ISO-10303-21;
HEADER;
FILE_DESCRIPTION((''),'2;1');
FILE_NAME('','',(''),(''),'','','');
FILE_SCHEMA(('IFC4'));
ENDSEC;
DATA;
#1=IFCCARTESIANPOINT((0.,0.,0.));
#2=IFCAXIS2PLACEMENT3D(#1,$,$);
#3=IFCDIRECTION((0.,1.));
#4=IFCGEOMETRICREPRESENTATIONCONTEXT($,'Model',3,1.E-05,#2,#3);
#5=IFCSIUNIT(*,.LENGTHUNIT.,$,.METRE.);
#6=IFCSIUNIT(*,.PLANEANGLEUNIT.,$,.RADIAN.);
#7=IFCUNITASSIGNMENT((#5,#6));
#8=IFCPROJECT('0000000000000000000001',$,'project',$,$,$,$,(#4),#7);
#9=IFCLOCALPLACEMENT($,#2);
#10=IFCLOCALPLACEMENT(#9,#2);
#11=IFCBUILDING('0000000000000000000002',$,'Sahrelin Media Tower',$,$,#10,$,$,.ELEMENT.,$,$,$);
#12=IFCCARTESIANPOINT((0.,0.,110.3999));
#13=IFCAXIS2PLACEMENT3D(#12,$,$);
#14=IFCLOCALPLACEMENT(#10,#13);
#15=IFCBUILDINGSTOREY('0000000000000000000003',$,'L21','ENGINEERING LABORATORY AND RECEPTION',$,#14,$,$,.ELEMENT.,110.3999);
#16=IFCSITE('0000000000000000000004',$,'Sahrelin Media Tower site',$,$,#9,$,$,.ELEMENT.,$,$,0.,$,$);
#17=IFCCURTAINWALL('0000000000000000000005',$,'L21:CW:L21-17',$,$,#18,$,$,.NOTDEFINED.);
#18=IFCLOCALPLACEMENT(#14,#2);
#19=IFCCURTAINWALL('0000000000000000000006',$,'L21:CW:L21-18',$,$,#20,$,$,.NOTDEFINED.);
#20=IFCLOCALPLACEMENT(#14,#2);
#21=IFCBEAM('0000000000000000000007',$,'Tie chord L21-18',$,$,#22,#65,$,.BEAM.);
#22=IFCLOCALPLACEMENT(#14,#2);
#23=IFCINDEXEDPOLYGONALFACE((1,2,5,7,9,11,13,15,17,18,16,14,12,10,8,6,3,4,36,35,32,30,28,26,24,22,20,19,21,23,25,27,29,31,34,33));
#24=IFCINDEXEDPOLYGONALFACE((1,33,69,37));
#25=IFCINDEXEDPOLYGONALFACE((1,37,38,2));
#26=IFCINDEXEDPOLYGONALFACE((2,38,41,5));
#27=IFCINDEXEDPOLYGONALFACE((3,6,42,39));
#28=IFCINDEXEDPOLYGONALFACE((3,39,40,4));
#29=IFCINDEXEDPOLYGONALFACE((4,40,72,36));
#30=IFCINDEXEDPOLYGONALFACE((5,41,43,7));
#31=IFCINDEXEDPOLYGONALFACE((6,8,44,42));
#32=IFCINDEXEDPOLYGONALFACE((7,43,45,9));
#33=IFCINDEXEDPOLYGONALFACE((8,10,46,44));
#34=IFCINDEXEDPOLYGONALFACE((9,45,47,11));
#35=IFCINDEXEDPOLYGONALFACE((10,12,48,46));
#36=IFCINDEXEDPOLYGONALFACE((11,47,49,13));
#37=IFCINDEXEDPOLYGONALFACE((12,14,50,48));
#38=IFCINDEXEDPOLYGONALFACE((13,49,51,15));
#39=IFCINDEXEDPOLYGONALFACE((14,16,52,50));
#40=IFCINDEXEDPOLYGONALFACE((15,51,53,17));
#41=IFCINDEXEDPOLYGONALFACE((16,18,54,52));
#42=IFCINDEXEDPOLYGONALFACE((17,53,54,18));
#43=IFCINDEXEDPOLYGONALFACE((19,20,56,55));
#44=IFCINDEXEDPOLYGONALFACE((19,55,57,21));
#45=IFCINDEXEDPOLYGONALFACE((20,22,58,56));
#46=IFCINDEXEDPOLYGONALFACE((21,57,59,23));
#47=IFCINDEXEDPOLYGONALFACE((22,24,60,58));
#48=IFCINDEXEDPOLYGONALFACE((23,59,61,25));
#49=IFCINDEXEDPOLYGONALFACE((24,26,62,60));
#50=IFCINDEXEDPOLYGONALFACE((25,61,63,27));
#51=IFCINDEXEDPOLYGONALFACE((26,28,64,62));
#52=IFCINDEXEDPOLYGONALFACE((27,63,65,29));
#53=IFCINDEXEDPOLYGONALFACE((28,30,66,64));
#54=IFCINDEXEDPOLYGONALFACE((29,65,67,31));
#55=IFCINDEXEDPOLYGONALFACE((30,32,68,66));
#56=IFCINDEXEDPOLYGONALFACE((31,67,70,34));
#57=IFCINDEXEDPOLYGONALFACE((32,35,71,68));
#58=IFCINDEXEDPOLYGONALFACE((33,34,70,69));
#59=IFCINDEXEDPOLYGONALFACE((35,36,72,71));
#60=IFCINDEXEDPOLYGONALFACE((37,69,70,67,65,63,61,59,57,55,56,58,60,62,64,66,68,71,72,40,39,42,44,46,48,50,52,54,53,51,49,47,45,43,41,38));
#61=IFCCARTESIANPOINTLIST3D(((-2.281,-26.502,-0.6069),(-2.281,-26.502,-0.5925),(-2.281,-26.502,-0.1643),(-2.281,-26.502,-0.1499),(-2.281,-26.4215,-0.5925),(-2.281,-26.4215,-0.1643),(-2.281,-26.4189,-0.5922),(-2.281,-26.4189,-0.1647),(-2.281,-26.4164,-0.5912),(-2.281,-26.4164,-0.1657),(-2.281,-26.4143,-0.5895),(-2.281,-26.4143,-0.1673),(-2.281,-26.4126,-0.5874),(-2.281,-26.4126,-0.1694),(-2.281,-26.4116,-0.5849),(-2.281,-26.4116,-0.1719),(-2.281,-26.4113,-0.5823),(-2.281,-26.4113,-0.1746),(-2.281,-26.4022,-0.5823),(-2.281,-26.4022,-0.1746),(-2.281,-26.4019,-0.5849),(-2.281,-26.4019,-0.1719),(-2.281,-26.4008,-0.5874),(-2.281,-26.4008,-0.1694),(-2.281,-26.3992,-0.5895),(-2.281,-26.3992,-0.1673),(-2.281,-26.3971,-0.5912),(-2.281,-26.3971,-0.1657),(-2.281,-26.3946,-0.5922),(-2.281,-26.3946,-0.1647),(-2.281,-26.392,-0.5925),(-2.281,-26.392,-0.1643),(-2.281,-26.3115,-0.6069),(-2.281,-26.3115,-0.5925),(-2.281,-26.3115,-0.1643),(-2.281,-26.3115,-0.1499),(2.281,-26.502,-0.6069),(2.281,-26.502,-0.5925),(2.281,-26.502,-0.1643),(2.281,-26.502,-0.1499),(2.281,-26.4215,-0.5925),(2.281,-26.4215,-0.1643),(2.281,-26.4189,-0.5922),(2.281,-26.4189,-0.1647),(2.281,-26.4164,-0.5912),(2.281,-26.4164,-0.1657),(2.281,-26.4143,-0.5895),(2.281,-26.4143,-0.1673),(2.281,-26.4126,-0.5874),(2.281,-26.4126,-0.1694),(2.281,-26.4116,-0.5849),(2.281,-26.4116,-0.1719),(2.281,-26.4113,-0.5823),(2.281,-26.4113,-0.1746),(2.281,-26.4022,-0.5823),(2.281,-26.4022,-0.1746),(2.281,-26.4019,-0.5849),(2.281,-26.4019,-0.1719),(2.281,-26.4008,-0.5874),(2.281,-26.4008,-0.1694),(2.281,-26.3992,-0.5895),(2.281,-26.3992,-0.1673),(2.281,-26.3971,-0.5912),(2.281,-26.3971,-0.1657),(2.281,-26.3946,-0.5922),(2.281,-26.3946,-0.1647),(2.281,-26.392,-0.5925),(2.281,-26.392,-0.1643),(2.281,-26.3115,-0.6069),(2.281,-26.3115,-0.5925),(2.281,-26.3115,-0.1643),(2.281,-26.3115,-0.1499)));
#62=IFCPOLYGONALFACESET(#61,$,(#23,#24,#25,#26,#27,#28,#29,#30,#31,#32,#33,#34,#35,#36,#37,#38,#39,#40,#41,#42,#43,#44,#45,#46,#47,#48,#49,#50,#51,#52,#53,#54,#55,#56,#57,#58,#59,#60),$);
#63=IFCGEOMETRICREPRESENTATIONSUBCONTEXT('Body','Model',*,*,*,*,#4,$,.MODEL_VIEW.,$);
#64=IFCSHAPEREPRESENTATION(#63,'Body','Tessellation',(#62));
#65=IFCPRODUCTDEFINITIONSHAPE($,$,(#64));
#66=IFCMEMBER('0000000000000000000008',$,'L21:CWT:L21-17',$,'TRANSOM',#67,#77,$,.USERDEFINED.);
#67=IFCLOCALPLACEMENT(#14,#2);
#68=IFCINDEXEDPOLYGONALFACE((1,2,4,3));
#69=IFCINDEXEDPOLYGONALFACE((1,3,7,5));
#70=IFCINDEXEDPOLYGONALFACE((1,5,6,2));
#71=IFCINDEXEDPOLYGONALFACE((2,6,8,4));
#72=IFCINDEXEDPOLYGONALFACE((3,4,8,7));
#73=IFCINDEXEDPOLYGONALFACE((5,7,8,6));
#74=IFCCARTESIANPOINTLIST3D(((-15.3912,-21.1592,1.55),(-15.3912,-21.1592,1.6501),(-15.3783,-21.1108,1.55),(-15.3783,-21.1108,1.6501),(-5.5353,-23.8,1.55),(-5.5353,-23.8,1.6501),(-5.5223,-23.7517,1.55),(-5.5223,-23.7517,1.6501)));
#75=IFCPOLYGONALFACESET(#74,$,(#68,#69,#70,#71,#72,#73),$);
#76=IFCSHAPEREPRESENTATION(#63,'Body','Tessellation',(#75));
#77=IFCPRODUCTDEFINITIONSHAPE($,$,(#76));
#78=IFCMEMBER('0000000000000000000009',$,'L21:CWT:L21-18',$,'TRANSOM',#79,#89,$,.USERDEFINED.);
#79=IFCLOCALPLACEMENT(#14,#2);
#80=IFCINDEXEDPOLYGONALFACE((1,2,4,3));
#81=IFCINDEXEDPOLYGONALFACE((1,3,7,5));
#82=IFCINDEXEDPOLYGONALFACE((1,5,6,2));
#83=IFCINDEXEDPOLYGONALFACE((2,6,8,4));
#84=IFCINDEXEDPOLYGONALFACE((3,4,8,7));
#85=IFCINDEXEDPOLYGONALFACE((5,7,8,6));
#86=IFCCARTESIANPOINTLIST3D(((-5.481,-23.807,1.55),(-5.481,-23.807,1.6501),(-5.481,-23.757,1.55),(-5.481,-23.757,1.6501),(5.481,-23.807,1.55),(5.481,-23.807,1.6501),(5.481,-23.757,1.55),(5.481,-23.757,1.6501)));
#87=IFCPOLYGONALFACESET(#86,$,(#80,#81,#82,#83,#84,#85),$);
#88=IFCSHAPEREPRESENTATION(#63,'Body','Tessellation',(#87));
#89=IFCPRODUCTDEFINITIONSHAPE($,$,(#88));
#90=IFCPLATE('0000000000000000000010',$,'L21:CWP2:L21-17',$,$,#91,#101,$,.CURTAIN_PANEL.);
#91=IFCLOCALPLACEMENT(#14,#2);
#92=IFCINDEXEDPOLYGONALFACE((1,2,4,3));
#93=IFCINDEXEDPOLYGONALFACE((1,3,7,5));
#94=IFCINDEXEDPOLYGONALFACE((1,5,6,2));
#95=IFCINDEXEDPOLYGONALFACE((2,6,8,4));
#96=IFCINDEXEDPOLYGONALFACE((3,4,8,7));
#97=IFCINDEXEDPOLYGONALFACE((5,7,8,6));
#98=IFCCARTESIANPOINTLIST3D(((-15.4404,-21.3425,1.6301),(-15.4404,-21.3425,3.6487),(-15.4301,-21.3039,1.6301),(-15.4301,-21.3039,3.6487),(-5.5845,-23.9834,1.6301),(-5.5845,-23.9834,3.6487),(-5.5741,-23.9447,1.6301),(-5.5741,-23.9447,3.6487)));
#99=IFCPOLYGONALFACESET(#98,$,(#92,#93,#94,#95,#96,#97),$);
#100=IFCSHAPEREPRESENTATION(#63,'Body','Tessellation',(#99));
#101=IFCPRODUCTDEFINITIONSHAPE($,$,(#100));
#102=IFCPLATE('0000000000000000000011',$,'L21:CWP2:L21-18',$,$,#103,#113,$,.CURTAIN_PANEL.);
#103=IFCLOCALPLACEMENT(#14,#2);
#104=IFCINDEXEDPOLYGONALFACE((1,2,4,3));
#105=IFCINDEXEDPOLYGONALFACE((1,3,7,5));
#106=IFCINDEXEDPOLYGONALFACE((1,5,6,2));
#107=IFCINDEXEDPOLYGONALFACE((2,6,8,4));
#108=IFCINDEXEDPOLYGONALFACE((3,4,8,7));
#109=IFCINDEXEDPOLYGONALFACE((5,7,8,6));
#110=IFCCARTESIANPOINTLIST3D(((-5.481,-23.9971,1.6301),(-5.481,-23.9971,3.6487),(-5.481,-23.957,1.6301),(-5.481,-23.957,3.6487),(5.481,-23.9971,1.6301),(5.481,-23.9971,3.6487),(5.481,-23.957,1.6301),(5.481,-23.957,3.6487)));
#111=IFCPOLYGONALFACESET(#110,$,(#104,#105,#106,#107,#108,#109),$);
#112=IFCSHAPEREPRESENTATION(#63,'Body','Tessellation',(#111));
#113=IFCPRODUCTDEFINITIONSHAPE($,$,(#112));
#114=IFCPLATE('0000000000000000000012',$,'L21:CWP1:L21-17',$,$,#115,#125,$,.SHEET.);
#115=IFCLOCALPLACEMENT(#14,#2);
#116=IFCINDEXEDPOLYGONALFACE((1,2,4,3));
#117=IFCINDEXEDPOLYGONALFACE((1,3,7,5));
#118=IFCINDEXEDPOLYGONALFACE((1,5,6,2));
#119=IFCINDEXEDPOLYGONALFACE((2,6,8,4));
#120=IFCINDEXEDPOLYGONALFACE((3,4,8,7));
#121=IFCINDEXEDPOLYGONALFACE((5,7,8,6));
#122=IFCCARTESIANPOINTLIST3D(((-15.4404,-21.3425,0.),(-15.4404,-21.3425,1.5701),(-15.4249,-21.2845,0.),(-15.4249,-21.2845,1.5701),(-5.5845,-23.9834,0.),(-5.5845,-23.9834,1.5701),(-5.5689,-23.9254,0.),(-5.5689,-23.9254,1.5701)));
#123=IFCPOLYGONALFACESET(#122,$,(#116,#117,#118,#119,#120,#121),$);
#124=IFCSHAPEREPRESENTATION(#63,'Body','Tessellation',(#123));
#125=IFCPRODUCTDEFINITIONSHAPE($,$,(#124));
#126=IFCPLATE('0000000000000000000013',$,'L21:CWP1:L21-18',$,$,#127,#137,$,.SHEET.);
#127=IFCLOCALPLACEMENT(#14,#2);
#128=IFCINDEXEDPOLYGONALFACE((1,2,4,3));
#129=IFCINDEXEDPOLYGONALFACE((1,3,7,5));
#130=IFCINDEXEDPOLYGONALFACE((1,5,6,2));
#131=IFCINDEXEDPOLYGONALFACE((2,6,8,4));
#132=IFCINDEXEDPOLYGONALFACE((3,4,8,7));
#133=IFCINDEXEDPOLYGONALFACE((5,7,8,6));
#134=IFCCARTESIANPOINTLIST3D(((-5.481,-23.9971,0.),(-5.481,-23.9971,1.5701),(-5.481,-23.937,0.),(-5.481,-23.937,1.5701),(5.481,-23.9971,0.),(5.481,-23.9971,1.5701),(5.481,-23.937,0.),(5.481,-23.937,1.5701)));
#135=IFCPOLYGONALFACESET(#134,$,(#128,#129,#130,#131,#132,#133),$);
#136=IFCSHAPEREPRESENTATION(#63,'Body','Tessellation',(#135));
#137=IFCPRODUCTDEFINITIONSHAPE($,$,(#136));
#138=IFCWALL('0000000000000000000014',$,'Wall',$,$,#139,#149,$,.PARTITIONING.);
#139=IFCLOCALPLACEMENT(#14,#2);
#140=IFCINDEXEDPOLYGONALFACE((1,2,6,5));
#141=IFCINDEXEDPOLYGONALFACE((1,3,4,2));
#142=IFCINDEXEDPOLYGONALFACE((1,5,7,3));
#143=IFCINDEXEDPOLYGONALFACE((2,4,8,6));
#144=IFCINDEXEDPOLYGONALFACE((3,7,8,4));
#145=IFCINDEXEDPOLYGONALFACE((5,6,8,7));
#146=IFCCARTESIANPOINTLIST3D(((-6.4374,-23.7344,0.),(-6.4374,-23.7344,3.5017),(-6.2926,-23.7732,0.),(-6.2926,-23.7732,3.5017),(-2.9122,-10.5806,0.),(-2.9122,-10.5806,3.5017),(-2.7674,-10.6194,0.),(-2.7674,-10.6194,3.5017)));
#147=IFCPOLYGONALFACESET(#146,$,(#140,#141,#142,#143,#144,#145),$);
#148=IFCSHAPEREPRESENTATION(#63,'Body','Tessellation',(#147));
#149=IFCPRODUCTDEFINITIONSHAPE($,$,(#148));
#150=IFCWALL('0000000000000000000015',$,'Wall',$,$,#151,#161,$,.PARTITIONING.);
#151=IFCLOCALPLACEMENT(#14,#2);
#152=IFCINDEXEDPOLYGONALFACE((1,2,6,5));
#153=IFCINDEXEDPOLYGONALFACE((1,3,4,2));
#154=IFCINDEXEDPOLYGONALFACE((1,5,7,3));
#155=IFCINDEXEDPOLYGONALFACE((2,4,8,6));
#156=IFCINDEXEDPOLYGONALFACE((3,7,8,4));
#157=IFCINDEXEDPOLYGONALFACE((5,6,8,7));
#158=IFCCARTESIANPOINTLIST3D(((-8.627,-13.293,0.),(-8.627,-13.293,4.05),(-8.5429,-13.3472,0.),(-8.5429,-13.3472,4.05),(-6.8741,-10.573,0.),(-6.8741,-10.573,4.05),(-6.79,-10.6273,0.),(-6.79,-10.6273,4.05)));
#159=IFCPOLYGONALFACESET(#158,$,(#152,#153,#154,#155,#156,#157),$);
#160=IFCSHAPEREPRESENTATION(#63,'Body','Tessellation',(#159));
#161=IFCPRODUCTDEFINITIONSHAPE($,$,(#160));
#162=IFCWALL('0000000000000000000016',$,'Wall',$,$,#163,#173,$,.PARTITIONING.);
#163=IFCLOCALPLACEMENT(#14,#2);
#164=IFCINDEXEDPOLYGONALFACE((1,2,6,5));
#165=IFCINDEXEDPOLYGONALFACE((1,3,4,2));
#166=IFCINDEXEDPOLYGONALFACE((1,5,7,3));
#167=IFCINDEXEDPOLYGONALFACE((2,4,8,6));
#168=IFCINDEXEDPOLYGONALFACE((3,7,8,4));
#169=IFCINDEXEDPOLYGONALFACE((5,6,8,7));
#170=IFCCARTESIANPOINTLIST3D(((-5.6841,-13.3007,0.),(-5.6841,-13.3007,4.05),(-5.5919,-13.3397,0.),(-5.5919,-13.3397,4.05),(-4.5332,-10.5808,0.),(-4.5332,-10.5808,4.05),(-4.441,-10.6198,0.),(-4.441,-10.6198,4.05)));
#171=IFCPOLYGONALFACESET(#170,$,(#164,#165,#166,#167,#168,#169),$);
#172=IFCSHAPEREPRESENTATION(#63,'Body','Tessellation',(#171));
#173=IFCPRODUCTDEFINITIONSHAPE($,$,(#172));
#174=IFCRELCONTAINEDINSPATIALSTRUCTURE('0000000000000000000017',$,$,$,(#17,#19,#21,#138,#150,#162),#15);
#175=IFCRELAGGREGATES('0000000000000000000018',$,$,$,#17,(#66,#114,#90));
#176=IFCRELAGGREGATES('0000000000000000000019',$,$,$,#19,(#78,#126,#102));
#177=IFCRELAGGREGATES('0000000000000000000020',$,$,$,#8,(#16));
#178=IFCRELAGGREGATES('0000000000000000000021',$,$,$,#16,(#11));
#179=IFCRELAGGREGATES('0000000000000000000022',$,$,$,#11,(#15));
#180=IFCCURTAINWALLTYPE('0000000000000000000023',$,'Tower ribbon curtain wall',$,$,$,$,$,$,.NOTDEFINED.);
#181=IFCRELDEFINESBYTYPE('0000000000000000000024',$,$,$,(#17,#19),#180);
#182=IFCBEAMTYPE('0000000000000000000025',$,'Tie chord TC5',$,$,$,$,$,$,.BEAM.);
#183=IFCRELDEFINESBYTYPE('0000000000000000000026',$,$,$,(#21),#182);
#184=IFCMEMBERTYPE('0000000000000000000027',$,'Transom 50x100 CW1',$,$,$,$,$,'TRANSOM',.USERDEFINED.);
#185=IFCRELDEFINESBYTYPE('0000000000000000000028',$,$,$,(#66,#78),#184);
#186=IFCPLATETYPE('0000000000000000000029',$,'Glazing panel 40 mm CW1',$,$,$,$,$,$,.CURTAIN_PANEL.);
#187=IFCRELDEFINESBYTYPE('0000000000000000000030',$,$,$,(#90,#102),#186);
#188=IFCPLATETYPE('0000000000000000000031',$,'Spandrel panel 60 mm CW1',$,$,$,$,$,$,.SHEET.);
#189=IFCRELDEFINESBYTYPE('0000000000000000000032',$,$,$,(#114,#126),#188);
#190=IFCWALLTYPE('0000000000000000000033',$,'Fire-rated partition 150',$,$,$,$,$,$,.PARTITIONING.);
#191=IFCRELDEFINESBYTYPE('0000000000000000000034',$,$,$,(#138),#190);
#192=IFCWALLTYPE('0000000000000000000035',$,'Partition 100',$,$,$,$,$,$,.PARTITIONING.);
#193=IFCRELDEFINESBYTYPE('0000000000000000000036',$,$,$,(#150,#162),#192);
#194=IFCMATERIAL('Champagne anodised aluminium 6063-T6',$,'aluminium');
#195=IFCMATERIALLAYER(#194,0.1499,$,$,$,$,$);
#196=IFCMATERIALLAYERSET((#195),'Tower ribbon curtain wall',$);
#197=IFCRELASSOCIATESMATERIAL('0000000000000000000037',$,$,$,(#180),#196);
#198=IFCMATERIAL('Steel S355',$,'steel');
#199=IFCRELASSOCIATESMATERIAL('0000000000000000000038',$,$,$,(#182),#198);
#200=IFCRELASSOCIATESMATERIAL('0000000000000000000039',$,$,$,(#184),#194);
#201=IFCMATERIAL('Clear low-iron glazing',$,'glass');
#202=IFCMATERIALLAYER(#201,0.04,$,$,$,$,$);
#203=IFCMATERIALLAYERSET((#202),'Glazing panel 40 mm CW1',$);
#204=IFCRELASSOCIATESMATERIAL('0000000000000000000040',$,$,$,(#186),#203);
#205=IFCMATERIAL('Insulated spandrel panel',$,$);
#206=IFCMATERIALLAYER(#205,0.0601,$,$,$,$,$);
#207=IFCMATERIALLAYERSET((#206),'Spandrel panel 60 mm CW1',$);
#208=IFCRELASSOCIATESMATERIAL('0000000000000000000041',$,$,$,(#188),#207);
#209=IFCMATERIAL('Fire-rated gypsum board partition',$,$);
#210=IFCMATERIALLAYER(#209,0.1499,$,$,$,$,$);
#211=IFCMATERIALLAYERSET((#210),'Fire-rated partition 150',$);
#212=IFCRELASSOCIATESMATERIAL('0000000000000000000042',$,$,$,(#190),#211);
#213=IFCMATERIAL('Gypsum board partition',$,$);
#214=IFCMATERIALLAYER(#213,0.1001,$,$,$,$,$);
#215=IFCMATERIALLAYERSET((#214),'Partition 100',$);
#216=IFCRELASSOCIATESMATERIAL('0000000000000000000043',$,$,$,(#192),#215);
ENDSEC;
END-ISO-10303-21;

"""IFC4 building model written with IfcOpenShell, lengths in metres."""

from ifc_helpers import new_model, si_unit, direction, frame, frame_2d, origin, origin_2d, place, context, subcontext, project, spatial, polyline, rectangle, i_section, outline, extrude, material, layer, layer_set, material_profile, profile_set, type_object, element, aggregate, save


model = new_model("IFC4")

# Units and contexts
model_context = context("Model", 3, precision=1e-05, world=origin(), true_north=direction((0.0, 1.0)))
body_context = subcontext(model_context, "Body", "Model", "MODEL_VIEW")
ifc_project = project(units=[si_unit("LENGTHUNIT", "METRE"), si_unit("PLANEANGLEUNIT", "RADIAN")], contexts=[model_context])

# Site, building, storey
site_placement = place(None, origin())
site = spatial("IfcSite", under=ifc_project, at=site_placement, Name="Sahrelin Media Tower site", CompositionType="ELEMENT", RefElevation=0.0)
building_placement = place(site_placement, origin())
building = spatial("IfcBuilding", under=site, at=building_placement, Name="Sahrelin Media Tower", CompositionType="ELEMENT")
storey_placement = place(building_placement, frame((0.0, 0.0, 110.3999)))
storey = spatial("IfcBuildingStorey", under=building, at=storey_placement, Name="L21", Description="ENGINEERING LABORATORY AND RECEPTION", CompositionType="ELEMENT", Elevation=110.3999)

# Shared definitions
ifc_material_1 = material(Name="Steel S355", Category="steel")

# Curtain walls
ifc_material_2 = material(Name="Champagne anodised aluminium 6063-T6", Category="aluminium")
ifc_layer_1 = layer(ifc_material_2, 0.1499)
ifc_layer_set_1 = layer_set([ifc_layer_1], Name="Tower ribbon curtain wall")
curtain_wall_type = type_object("IfcCurtainWallType", Name="Tower ribbon curtain wall", PredefinedType="NOTDEFINED", material=ifc_layer_set_1)
curtain_wall_1_placement = place(storey_placement, frame((-10.5071, -22.6438, 0.0), z_axis=(0.0, 0.0, 1.0), x_axis=(1.0, 0.0, 0.0)))
curtain_wall_1 = element("IfcCurtainWall", 1, at=curtain_wall_1_placement, inside=storey, type_object=curtain_wall_type, Name="L21:CW:L21-17", PredefinedType="NOTDEFINED")
curtain_wall_2_placement = place(storey_placement, frame((0.0, -23.9771, 0.0), z_axis=(0.0, 0.0, 1.0), x_axis=(1.0, 0.0, 0.0)))
curtain_wall_2 = element("IfcCurtainWall", 2, at=curtain_wall_2_placement, inside=storey, type_object=curtain_wall_type, Name="L21:CW:L21-18", PredefinedType="NOTDEFINED")

# Beam
ifc_material_profile_1 = material_profile(ifc_material_1, i_section(OverallWidth=0.1904, OverallDepth=0.457, WebThickness=0.009, FlangeThickness=0.0144, FilletRadius=0.0103, at=origin_2d()), Name="UB 457x191x74")
ifc_profile_set_1 = profile_set([ifc_material_profile_1], Name="Steel S355")
beam_type_1 = type_object("IfcBeamType", Name="Tie chord TC5", PredefinedType="BEAM", material=ifc_profile_set_1)
beam_1_placement = place(storey_placement, frame((-2.281, -26.4067, -0.3784), z_axis=(1.0, 0.0, 0.0), x_axis=(0.0, 1.0, 0.0)))
element("IfcBeam", 3, at=beam_1_placement, inside=storey, type_object=beam_type_1, Name="Tie chord L21-18", PredefinedType="BEAM", context=body_context, shape_type="SweptSolid", body=[
    extrude(i_section(OverallWidth=0.1904, OverallDepth=0.457, WebThickness=0.009, FlangeThickness=0.0144, FilletRadius=0.0103, at=origin_2d()), origin(), (0.0, 0.0, 1.0), 4.562),
])

# Members
ifc_material_profile_2 = material_profile(ifc_material_2, rectangle(XDim=0.05, YDim=0.1001, at=origin_2d()), Name="Transom 50x100")
ifc_profile_set_2 = profile_set([ifc_material_profile_2], Name="Champagne anodised aluminium 6063-T6")
member_type_1 = type_object("IfcMemberType", Name="Transom 50x100 CW1", ElementType="TRANSOM", PredefinedType="USERDEFINED", material=ifc_profile_set_2)
member_1_placement = place(storey_placement, frame((-15.3848, -21.135, 1.6001), z_axis=(0.965926, -0.258817, 0.0), x_axis=(0.258817, 0.965926, 0.0)))
member_1 = element("IfcMember", 4, at=member_1_placement, type_object=member_type_1, Name="L21:CWT:L21-17", ObjectType="TRANSOM", PredefinedType="USERDEFINED", context=body_context, shape_type="SweptSolid", body=[
    extrude(rectangle(XDim=0.05, YDim=0.1001, at=origin_2d()), origin(), (0.0, 0.0, 1.0), 10.2036),
])
member_2_placement = place(storey_placement, frame((-5.481, -23.782, 1.6001), z_axis=(1.0, 0.0, 0.0), x_axis=(0.0, 1.0, 0.0)))
member_2 = element("IfcMember", 5, at=member_2_placement, type_object=member_type_1, Name="L21:CWT:L21-18", ObjectType="TRANSOM", PredefinedType="USERDEFINED", context=body_context, shape_type="SweptSolid", body=[
    extrude(rectangle(XDim=0.05, YDim=0.1001, at=origin_2d()), origin(), (0.0, 0.0, 1.0), 10.9619),
])

# Plates
ifc_material_3 = material(Name="Clear low-iron glazing", Category="glass")
ifc_layer_2 = layer(ifc_material_3, 0.04)
ifc_layer_set_2 = layer_set([ifc_layer_2], Name="Glazing panel 40 mm CW1")
plate_type_1 = type_object("IfcPlateType", Name="Glazing panel 40 mm CW1", PredefinedType="CURTAIN_PANEL", material=ifc_layer_set_2)
plate_1_placement = place(storey_placement, frame((-15.4404, -21.3425, 1.6301), z_axis=(-0.258817, -0.965926, 0.0), x_axis=(0.965926, -0.258817, 0.0)))
plate_1 = element("IfcPlate", 6, at=plate_1_placement, type_object=plate_type_1, Name="L21:CWP2:L21-17", PredefinedType="CURTAIN_PANEL", context=body_context, shape_type="SweptSolid", body=[
    extrude(outline(polyline([(0.0, 0.0), (10.2036, 0.0), (10.2036, 2.0186), (0.0, 2.0186), (0.0, 0.0)])), origin(), (0.0, 0.0, -1.0), 0.04),
])
plate_2_placement = place(storey_placement, frame((-5.481, -23.9971, 1.6301), z_axis=(0.0, -1.0, 0.0), x_axis=(1.0, 0.0, 0.0)))
plate_2 = element("IfcPlate", 7, at=plate_2_placement, type_object=plate_type_1, Name="L21:CWP2:L21-18", PredefinedType="CURTAIN_PANEL", context=body_context, shape_type="SweptSolid", body=[
    extrude(outline(polyline([(0.0, 0.0), (10.9619, 0.0), (10.9619, 2.0186), (0.0, 2.0186), (0.0, 0.0)])), origin(), (0.0, 0.0, -1.0), 0.04),
])
ifc_material_4 = material(Name="Insulated spandrel panel")
ifc_layer_3 = layer(ifc_material_4, 0.0601)
ifc_layer_set_3 = layer_set([ifc_layer_3], Name="Spandrel panel 60 mm CW1")
plate_type_2 = type_object("IfcPlateType", Name="Spandrel panel 60 mm CW1", PredefinedType="SHEET", material=ifc_layer_set_3)
plate_3_placement = place(storey_placement, frame((-15.4404, -21.3425, 0.0), z_axis=(-0.258817, -0.965926, 0.0), x_axis=(0.965926, -0.258817, 0.0)))
plate_3 = element("IfcPlate", 8, at=plate_3_placement, type_object=plate_type_2, Name="L21:CWP1:L21-17", PredefinedType="SHEET", context=body_context, shape_type="SweptSolid", body=[
    extrude(outline(polyline([(0.0, 0.0), (10.2036, 0.0), (10.2036, 1.5701), (0.0, 1.5701), (0.0, 0.0)])), origin(), (0.0, 0.0, -1.0), 0.0601),
])
aggregate(curtain_wall_1, [member_1, plate_3, plate_1])
plate_4_placement = place(storey_placement, frame((-5.481, -23.9971, 0.0), z_axis=(0.0, -1.0, 0.0), x_axis=(1.0, 0.0, 0.0)))
plate_4 = element("IfcPlate", 9, at=plate_4_placement, type_object=plate_type_2, Name="L21:CWP1:L21-18", PredefinedType="SHEET", context=body_context, shape_type="SweptSolid", body=[
    extrude(outline(polyline([(0.0, 0.0), (10.9619, 0.0), (10.9619, 1.5701), (0.0, 1.5701), (0.0, 0.0)])), origin(), (0.0, 0.0, -1.0), 0.0601),
])
aggregate(curtain_wall_2, [member_2, plate_4, plate_2])

# Walls
ifc_material_5 = material(Name="Fire-rated gypsum board partition")
ifc_layer_4 = layer(ifc_material_5, 0.1499)
ifc_layer_set_4 = layer_set([ifc_layer_4], Name="Fire-rated partition 150")
wall_type_1 = type_object("IfcWallType", Name="Fire-rated partition 150", PredefinedType="PARTITIONING", material=ifc_layer_set_4)
wall_1_placement = place(storey_placement, frame((-6.365, -23.7539, 0.0), z_axis=(0.0, 0.0, 1.0), x_axis=(0.25886, 0.965915, 0.0)))
element("IfcWall", 10, at=wall_1_placement, inside=storey, type_object=wall_type_1, Name="Wall", PredefinedType="PARTITIONING", context=body_context, shape_type="SweptSolid", body=[
    extrude(rectangle(XDim=13.6179, YDim=0.1499, at=frame_2d((6.8091, 0.0))), origin(), (0.0, 0.0, 1.0), 3.5017),
])
ifc_material_6 = material(Name="Gypsum board partition")
ifc_layer_5 = layer(ifc_material_6, 0.1001)
ifc_layer_set_5 = layer_set([ifc_layer_5], Name="Partition 100")
wall_type_2 = type_object("IfcWallType", Name="Partition 100", PredefinedType="PARTITIONING", material=ifc_layer_set_5)
wall_2_placement = place(storey_placement, frame((-8.585, -13.3201, 0.0), z_axis=(0.0, 0.0, 1.0), x_axis=(0.541714, 0.840563, 0.0)))
element("IfcWall", 11, at=wall_2_placement, inside=storey, type_object=wall_type_2, Name="Wall", PredefinedType="PARTITIONING", context=body_context, shape_type="SweptSolid", body=[
    extrude(rectangle(XDim=3.2358, YDim=0.1001, at=frame_2d((1.6179, 0.0))), origin(), (0.0, 0.0, 1.0), 4.05),
])
wall_3_placement = place(storey_placement, frame((-5.6379, -13.3201, 0.0), z_axis=(0.0, 0.0, 1.0), x_axis=(0.389675, 0.920952, 0.0)))
element("IfcWall", 12, at=wall_3_placement, inside=storey, type_object=wall_type_2, Name="Wall", PredefinedType="PARTITIONING", context=body_context, shape_type="SweptSolid", body=[
    extrude(rectangle(XDim=2.9534, YDim=0.1001, at=frame_2d((1.4766, 0.0))), origin(), (0.0, 0.0, 1.0), 4.05),
])

save(model, "model.ifc")
